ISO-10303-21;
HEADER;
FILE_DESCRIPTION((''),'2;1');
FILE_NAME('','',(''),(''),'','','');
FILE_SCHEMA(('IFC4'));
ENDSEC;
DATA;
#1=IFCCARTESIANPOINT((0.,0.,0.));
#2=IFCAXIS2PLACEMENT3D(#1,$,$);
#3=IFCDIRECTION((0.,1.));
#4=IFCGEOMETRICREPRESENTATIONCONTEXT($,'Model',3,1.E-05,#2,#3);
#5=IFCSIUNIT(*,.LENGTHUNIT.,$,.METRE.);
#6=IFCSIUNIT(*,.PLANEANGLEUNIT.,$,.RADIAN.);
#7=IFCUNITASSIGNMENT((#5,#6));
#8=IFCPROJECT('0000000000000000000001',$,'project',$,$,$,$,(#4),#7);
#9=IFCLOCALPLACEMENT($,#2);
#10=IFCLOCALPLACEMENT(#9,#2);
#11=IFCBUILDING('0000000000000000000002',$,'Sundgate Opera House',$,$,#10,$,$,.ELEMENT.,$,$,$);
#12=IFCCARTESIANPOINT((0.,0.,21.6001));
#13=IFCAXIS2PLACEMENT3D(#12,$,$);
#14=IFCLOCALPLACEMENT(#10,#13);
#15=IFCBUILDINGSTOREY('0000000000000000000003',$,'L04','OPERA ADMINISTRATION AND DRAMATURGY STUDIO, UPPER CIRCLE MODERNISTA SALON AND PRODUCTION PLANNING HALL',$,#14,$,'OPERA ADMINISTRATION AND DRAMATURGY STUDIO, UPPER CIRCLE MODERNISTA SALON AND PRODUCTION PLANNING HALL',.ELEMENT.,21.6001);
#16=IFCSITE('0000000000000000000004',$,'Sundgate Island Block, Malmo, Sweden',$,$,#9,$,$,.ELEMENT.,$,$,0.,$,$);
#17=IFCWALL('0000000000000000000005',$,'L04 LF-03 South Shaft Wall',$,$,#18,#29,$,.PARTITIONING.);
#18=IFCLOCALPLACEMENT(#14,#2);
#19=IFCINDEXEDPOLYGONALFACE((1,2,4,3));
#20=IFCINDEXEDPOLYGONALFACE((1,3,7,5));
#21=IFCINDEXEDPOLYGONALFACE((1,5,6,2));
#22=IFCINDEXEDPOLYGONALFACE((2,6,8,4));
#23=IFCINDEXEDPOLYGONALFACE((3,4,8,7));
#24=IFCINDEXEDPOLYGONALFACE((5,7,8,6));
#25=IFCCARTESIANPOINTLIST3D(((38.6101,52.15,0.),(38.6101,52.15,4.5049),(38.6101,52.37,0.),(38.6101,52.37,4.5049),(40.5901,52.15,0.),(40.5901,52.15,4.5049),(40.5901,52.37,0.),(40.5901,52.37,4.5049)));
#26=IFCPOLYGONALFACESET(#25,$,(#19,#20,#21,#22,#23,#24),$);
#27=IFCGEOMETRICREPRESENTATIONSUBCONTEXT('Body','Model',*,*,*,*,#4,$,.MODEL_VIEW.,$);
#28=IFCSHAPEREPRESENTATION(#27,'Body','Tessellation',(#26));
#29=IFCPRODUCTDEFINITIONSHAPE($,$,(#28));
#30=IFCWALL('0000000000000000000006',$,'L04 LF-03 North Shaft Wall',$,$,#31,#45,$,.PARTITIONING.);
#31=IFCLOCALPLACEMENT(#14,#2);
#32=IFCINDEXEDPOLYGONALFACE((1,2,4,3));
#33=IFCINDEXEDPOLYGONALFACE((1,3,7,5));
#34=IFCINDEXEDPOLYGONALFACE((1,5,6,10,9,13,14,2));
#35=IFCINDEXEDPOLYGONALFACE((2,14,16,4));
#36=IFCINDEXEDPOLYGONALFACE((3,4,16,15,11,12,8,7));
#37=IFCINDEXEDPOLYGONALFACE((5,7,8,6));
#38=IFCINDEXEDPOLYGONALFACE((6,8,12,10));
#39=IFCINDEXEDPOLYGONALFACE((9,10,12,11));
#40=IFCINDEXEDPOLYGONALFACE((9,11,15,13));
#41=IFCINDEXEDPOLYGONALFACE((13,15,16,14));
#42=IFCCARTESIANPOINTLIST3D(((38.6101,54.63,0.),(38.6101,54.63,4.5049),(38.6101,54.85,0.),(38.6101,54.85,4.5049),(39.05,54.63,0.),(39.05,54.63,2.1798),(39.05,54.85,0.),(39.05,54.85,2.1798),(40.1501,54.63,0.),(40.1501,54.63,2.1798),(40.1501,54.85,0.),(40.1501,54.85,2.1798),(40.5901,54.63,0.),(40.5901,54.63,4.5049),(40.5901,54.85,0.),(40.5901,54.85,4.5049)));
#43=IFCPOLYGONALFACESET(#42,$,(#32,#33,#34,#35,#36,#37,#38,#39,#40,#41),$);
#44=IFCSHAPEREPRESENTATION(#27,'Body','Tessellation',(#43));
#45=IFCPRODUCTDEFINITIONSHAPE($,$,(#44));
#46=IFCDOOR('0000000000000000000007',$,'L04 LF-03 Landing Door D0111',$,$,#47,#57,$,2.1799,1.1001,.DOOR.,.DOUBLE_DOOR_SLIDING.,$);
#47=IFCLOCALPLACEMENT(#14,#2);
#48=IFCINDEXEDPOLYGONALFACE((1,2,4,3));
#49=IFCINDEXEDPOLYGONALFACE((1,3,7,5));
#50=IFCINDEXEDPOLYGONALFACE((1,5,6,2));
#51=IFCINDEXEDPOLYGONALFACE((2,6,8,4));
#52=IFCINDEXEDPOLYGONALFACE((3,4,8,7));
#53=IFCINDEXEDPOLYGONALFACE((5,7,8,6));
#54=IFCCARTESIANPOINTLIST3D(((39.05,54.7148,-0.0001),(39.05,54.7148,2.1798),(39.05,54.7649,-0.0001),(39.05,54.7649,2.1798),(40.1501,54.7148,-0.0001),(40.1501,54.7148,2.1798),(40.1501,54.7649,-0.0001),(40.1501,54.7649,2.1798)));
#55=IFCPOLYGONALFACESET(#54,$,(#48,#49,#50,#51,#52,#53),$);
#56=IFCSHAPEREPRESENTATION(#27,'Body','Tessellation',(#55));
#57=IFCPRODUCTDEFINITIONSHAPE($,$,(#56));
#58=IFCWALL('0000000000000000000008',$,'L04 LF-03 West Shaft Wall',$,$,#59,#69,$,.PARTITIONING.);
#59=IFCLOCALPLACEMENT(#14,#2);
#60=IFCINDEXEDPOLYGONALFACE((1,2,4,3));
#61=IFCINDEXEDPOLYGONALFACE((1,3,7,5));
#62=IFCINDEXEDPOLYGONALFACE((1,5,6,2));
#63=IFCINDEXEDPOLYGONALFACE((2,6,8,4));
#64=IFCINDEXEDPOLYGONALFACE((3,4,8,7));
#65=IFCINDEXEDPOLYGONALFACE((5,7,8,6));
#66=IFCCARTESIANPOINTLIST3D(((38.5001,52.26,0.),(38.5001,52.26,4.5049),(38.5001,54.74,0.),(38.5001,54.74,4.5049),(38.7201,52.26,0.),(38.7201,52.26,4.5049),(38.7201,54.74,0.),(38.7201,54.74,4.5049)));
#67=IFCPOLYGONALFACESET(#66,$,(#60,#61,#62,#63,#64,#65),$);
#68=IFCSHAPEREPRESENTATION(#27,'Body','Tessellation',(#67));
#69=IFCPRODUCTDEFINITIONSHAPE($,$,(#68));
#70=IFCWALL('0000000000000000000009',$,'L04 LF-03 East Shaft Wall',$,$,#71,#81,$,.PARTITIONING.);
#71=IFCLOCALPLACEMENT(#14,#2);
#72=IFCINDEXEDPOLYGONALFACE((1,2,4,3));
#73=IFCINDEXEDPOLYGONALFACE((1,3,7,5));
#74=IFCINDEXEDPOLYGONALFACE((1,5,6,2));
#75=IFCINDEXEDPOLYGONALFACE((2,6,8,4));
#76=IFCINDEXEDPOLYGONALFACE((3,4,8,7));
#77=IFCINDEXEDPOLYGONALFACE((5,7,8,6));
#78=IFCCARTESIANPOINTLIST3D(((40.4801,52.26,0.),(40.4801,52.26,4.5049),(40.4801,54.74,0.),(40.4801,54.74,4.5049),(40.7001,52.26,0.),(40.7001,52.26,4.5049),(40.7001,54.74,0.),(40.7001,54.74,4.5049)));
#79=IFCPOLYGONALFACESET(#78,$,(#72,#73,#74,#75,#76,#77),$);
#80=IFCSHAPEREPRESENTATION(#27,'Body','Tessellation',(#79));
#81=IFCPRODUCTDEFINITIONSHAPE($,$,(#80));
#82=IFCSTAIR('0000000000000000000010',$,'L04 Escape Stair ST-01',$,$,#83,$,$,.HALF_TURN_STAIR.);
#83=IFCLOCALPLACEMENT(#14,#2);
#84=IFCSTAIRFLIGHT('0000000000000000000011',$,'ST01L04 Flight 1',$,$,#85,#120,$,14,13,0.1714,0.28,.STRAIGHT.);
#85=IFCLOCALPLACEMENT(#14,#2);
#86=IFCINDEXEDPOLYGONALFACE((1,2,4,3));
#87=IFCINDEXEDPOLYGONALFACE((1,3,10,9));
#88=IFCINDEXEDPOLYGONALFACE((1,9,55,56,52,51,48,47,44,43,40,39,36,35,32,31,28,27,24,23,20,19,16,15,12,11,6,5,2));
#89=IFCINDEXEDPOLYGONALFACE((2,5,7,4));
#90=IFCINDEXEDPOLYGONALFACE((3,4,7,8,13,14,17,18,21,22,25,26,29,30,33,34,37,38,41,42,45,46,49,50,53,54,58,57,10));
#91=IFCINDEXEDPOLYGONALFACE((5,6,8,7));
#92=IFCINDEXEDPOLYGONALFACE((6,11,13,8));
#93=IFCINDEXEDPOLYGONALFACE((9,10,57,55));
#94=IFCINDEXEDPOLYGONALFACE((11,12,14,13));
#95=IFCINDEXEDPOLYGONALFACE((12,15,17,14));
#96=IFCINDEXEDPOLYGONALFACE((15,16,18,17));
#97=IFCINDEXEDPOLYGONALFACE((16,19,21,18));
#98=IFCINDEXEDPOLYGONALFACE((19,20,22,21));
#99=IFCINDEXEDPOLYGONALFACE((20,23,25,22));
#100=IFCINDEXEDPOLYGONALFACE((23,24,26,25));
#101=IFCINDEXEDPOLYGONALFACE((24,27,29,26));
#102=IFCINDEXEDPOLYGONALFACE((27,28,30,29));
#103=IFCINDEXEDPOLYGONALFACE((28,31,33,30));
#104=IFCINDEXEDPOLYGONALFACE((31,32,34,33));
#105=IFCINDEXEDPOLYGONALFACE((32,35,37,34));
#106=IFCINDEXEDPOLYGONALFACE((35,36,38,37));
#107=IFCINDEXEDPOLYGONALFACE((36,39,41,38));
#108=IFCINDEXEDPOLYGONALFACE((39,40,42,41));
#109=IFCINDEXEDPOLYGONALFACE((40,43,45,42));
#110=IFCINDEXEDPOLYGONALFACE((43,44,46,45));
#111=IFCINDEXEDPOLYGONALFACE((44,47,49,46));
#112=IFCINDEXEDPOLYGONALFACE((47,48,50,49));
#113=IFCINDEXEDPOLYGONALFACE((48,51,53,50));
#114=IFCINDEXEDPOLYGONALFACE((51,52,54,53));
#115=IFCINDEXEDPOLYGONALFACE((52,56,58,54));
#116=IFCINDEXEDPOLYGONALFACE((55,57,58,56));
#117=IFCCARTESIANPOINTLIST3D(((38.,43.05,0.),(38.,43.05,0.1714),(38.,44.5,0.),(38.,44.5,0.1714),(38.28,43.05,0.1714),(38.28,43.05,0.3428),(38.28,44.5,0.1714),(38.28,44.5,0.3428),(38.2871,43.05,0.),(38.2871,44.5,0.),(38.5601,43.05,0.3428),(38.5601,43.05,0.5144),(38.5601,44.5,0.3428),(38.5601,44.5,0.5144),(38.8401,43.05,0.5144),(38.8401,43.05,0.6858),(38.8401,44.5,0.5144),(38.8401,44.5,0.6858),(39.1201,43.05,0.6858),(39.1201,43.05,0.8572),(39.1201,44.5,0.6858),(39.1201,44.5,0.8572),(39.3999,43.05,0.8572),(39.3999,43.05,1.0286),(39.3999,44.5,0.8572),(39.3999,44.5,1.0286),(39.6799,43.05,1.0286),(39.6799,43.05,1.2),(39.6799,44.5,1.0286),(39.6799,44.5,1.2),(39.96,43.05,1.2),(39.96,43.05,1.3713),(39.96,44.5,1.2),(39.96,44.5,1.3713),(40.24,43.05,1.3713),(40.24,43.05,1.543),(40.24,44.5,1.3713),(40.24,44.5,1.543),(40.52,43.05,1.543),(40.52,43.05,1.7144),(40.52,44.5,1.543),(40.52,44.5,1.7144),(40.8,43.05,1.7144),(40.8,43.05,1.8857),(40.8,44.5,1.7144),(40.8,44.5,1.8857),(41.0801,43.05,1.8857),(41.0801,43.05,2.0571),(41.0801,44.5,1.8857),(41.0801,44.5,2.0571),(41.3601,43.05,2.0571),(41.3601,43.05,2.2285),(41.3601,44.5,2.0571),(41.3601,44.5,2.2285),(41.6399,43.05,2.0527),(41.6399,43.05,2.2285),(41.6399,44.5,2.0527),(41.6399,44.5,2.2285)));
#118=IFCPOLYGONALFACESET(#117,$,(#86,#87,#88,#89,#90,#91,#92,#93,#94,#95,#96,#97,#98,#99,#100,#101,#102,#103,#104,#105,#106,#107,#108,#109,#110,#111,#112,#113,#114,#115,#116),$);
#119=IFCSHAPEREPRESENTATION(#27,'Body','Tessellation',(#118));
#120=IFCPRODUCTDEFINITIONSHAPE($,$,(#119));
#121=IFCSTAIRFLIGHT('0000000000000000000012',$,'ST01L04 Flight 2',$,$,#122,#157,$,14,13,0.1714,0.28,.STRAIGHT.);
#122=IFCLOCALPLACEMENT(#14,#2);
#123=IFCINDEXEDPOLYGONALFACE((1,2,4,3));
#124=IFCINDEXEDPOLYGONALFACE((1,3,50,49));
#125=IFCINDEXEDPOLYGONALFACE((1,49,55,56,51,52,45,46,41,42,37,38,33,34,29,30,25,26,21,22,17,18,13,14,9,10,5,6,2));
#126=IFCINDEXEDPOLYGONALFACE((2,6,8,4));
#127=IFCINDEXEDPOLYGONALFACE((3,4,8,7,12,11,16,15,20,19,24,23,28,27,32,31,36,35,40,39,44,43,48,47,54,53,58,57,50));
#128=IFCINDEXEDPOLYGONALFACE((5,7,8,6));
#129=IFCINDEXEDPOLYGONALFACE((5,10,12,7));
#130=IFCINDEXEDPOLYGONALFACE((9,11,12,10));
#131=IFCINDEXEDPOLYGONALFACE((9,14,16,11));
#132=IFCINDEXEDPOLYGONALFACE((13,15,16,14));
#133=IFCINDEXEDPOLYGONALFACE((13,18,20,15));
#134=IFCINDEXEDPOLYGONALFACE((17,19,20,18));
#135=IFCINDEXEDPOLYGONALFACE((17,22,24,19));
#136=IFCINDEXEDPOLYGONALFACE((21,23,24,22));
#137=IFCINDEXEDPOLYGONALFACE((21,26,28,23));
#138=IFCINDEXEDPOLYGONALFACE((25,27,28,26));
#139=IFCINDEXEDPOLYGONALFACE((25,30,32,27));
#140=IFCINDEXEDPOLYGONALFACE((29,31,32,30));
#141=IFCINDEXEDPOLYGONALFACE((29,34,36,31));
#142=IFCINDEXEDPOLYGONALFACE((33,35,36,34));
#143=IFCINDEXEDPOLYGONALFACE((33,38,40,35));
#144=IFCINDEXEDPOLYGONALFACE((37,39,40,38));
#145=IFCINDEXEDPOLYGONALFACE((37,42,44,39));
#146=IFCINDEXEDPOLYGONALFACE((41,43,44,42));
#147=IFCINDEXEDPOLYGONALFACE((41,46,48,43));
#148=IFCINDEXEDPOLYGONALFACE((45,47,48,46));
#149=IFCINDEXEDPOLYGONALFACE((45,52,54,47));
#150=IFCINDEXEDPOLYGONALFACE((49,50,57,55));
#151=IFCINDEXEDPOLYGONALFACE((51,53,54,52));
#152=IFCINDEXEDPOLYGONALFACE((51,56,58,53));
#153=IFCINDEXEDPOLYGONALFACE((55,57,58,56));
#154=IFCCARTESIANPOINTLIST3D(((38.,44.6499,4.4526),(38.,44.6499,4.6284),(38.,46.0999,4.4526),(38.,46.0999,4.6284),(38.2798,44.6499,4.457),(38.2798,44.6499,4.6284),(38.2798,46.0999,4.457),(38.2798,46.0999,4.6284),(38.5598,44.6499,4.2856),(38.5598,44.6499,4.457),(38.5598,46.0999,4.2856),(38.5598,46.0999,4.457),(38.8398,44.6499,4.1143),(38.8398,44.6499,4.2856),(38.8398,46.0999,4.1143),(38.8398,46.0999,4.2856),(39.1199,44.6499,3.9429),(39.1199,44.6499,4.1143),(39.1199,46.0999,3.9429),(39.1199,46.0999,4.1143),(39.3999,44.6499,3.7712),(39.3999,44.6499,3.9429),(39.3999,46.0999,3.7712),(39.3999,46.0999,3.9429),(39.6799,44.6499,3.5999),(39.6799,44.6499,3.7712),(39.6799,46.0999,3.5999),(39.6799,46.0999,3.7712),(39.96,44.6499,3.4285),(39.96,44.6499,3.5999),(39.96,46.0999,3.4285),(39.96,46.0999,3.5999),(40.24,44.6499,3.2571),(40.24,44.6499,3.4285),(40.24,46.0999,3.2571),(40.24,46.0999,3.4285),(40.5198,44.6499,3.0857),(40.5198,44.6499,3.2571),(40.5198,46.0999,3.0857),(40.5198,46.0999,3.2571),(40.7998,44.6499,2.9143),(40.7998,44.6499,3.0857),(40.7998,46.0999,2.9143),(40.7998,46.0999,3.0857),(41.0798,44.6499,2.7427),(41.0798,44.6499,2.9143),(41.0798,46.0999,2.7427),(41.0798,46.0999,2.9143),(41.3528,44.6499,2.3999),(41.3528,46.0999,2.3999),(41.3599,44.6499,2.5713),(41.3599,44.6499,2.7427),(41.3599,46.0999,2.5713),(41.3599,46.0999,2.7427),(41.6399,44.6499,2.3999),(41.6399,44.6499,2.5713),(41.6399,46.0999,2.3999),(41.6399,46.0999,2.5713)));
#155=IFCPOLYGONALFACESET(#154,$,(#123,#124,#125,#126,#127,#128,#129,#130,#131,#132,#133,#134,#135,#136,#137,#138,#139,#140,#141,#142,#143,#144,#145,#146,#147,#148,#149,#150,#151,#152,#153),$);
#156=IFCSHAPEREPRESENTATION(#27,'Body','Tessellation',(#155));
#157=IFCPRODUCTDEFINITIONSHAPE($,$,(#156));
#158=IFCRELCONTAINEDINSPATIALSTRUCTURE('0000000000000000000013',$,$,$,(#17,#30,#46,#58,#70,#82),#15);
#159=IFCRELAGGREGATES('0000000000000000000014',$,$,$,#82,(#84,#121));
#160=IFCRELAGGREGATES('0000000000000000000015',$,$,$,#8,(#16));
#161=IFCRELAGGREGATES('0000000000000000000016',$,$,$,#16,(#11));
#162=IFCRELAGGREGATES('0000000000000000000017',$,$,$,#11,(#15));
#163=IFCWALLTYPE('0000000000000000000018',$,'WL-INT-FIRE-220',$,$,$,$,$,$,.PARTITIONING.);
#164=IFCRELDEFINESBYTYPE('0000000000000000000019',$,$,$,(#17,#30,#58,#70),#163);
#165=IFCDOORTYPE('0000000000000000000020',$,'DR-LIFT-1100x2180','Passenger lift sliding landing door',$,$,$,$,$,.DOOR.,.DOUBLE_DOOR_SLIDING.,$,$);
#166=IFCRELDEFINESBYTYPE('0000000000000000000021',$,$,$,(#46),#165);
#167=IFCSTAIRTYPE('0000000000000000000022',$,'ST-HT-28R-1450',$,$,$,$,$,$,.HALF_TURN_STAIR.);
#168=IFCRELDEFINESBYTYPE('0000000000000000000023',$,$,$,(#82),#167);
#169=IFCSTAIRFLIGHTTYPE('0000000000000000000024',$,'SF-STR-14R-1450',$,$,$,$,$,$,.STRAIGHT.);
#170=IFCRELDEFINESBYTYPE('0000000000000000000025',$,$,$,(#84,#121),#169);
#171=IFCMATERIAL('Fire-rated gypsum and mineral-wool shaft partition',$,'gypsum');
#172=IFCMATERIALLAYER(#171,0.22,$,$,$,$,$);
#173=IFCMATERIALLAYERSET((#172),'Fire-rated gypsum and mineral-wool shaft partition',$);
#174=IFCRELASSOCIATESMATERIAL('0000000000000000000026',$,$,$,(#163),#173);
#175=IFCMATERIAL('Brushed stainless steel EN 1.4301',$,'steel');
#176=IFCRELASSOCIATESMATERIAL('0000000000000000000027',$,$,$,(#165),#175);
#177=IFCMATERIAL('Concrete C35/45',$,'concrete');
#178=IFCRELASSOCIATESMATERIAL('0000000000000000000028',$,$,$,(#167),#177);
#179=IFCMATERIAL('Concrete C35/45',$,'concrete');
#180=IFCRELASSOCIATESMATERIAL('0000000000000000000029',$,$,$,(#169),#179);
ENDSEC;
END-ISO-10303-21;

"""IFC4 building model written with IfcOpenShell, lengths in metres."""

from ifc_helpers import new_model, si_unit, direction, frame, frame_2d, origin, place, context, subcontext, project, spatial, polyline, rectangle, outline, extrude, material, layer, layer_set, type_object, element, fill, aggregate, save


model = new_model("IFC4")

# Units and contexts
model_context = context("Model", 3, precision=1e-05, world=origin(), true_north=direction((0.0, 1.0)))
body_context = subcontext(model_context, "Body", "Model", "MODEL_VIEW")
ifc_project = project(units=[si_unit("LENGTHUNIT", "METRE"), si_unit("PLANEANGLEUNIT", "RADIAN")], contexts=[model_context])

# Site, building, storey
site_placement = place(None, origin())
site = spatial("IfcSite", under=ifc_project, at=site_placement, Name="Sundgate Island Block, Malmo, Sweden", CompositionType="ELEMENT", RefElevation=0.0)
building_placement = place(site_placement, origin())
building = spatial("IfcBuilding", under=site, at=building_placement, Name="Sundgate Opera House", CompositionType="ELEMENT")
storey_placement = place(building_placement, frame((0.0, 0.0, 21.6001)))
storey = spatial("IfcBuildingStorey", under=building, at=storey_placement, Name="L04", Description="OPERA ADMINISTRATION AND DRAMATURGY STUDIO, UPPER CIRCLE MODERNISTA SALON AND PRODUCTION PLANNING HALL", LongName="OPERA ADMINISTRATION AND DRAMATURGY STUDIO, UPPER CIRCLE MODERNISTA SALON AND PRODUCTION PLANNING HALL", CompositionType="ELEMENT", Elevation=21.6001)

# Wall
ifc_material_1 = material(Name="Fire-rated gypsum and mineral-wool shaft partition", Category="gypsum")
ifc_layer_1 = layer(ifc_material_1, 0.22)
ifc_layer_set_1 = layer_set([ifc_layer_1], Name="Fire-rated gypsum and mineral-wool shaft partition")
wall_type_1 = type_object("IfcWallType", Name="WL-INT-FIRE-220", PredefinedType="PARTITIONING", material=ifc_layer_set_1)
wall_1_placement = place(storey_placement, frame((38.6101, 52.26, 0.0), z_axis=(0.0, 0.0, 1.0), x_axis=(1.0, 0.0, 0.0)))
element("IfcWall", 1, at=wall_1_placement, inside=storey, type_object=wall_type_1, Name="L04 LF-03 South Shaft Wall", PredefinedType="PARTITIONING", context=body_context, shape_type="SweptSolid", body=[
    extrude(rectangle(XDim=1.98, YDim=0.22, at=frame_2d((0.99, 0.0))), origin(), (0.0, 0.0, 1.0), 4.5049),
])

# Wall, opening, door
wall_2_placement = place(storey_placement, frame((38.6101, 54.74, 0.0), z_axis=(0.0, 0.0, 1.0), x_axis=(1.0, 0.0, 0.0)))
wall_2 = element("IfcWall", 2, at=wall_2_placement, inside=storey, type_object=wall_type_1, Name="L04 LF-03 North Shaft Wall", PredefinedType="PARTITIONING", context=body_context, shape_type="SweptSolid", body=[
    extrude(rectangle(XDim=1.98, YDim=0.22, at=frame_2d((0.99, 0.0))), origin(), (0.0, 0.0, 1.0), 4.5049),
])
opening_1_placement = place(wall_2_placement, frame((0.4399, 0.0, 0.0)))
opening_1 = element("IfcOpeningElement", 3, at=opening_1_placement, cuts=wall_2, PredefinedType="OPENING", context=body_context, shape_type="SweptSolid", body=[
    extrude(rectangle(XDim=1.1001, YDim=2.1799, at=frame_2d((0.55, 1.0898))), frame((0.0, 0.1199, 0.0), z_axis=(0.0, -1.0, 0.0), x_axis=(1.0, 0.0, 0.0)), (0.0, 0.0, 1.0), 0.24),
])
ifc_material_2 = material(Name="Brushed stainless steel EN 1.4301", Category="steel")
door_type_1 = type_object("IfcDoorType", Name="DR-LIFT-1100x2180", Description="Passenger lift sliding landing door", OperationType="DOUBLE_DOOR_SLIDING", PredefinedType="DOOR", material=ifc_material_2)
door_1_placement = place(opening_1_placement, origin())
door_1 = element("IfcDoor", 4, at=door_1_placement, inside=storey, type_object=door_type_1, Name="L04 LF-03 Landing Door D0111", OperationType="DOUBLE_DOOR_SLIDING", OverallHeight=2.1799, OverallWidth=1.1001, PredefinedType="DOOR", context=body_context, shape_type="SweptSolid", body=[
    extrude(rectangle(XDim=1.1001, YDim=2.1799, at=frame_2d((0.55, 1.0898))), frame((0.0, 0.0249, 0.0), z_axis=(0.0, -1.0, 0.0), x_axis=(1.0, 0.0, 0.0)), (0.0, 0.0, 1.0), 0.05),
])
fill(opening_1, door_1)

# Walls
for number, where, z_axis, x_axis, name in (
    (5, (38.6101, 52.26, 0.0), (0.0, 0.0, 1.0), (0.0, 1.0, 0.0), "L04 LF-03 West Shaft Wall"),
    (6, (40.5901, 52.26, 0.0), (0.0, 0.0, 1.0), (0.0, 1.0, 0.0), "L04 LF-03 East Shaft Wall"),
):
    element("IfcWall", number, at=place(storey_placement, frame(where, z_axis=z_axis, x_axis=x_axis)), inside=storey, type_object=wall_type_1, Name=name, PredefinedType="PARTITIONING", context=body_context, shape_type="SweptSolid", body=[
        extrude(rectangle(XDim=2.48, YDim=0.22, at=frame_2d((1.24, 0.0))), origin(), (0.0, 0.0, 1.0), 4.5049),
    ])

# Stair, stair flights
ifc_material_3 = material(Name="Concrete C35/45", Category="concrete")
stair_type = type_object("IfcStairType", Name="ST-HT-28R-1450", PredefinedType="HALF_TURN_STAIR", material=ifc_material_3)
stair_placement = place(storey_placement, origin())
stair = element("IfcStair", 7, at=stair_placement, inside=storey, type_object=stair_type, Name="L04 Escape Stair ST-01", PredefinedType="HALF_TURN_STAIR")
ifc_material_4 = material(Name="Concrete C35/45", Category="concrete")
stair_flight_type = type_object("IfcStairFlightType", Name="SF-STR-14R-1450", PredefinedType="STRAIGHT", material=ifc_material_4)
stair_flight_1_placement = place(storey_placement, frame((38.0, 43.7749, 0.0), z_axis=(0.0, 0.0, 1.0), x_axis=(1.0, 0.0, 0.0)))
stair_flight_1 = element("IfcStairFlight", 8, at=stair_flight_1_placement, type_object=stair_flight_type, Name="ST01L04 Flight 1", NumberOfRisers=14, NumberOfTreads=13, PredefinedType="STRAIGHT", RiserHeight=0.1714, TreadLength=0.28, context=body_context, shape_type="SweptSolid", body=[
    extrude(outline(polyline([(0.0, 0.0), (0.0, 0.1714), (0.28, 0.1714), (0.28, 0.3428), (0.5601, 0.3428), (0.5601, 0.5144), (0.8401, 0.5144), (0.8401, 0.6858), (1.1201, 0.6858), (1.1201, 0.8572), (1.3999, 0.8572), (1.3999, 1.0286), (1.6799, 1.0286), (1.6799, 1.2), (1.96, 1.2), (1.96, 1.3713), (2.24, 1.3713), (2.24, 1.543), (2.52, 1.543), (2.52, 1.7144), (2.8, 1.7144), (2.8, 1.8857), (3.0801, 1.8857), (3.0801, 2.0571), (3.3601, 2.0571), (3.3601, 2.2285), (3.6399, 2.2285), (3.6399, 2.3999), (3.6399, 2.0527), (0.2871, 0.0), (0.0, 0.0)])), frame((0.0, 0.7251, 0.0), z_axis=(0.0, -1.0, 0.0), x_axis=(1.0, 0.0, 0.0)), (0.0, 0.0, 1.0), 1.45),
])
stair_flight_2_placement = place(storey_placement, frame((41.6399, 45.375, 2.3999), z_axis=(0.0, 0.0, 1.0), x_axis=(-1.0, 0.0, 0.0)))
stair_flight_2 = element("IfcStairFlight", 9, at=stair_flight_2_placement, type_object=stair_flight_type, Name="ST01L04 Flight 2", NumberOfRisers=14, NumberOfTreads=13, PredefinedType="STRAIGHT", RiserHeight=0.1714, TreadLength=0.28, context=body_context, shape_type="SweptSolid", body=[
    extrude(outline(polyline([(0.0, 0.0), (0.0, 0.1714), (0.28, 0.1714), (0.28, 0.3428), (0.5601, 0.3428), (0.5601, 0.5144), (0.8401, 0.5144), (0.8401, 0.6858), (1.1201, 0.6858), (1.1201, 0.8572), (1.3999, 0.8572), (1.3999, 1.0286), (1.6799, 1.0286), (1.6799, 1.2), (1.96, 1.2), (1.96, 1.3713), (2.24, 1.3713), (2.24, 1.543), (2.52, 1.543), (2.52, 1.7144), (2.8, 1.7144), (2.8, 1.8857), (3.0801, 1.8857), (3.0801, 2.0571), (3.3601, 2.0571), (3.3601, 2.2285), (3.6399, 2.2285), (3.6399, 2.3999), (3.6399, 2.0527), (0.2871, 0.0), (0.0, 0.0)])), frame((0.0, 0.7251, 0.0), z_axis=(0.0, -1.0, 0.0), x_axis=(1.0, 0.0, 0.0)), (0.0, 0.0, 1.0), 1.45),
])
aggregate(stair, [stair_flight_1, stair_flight_2])

save(model, "model.ifc")
